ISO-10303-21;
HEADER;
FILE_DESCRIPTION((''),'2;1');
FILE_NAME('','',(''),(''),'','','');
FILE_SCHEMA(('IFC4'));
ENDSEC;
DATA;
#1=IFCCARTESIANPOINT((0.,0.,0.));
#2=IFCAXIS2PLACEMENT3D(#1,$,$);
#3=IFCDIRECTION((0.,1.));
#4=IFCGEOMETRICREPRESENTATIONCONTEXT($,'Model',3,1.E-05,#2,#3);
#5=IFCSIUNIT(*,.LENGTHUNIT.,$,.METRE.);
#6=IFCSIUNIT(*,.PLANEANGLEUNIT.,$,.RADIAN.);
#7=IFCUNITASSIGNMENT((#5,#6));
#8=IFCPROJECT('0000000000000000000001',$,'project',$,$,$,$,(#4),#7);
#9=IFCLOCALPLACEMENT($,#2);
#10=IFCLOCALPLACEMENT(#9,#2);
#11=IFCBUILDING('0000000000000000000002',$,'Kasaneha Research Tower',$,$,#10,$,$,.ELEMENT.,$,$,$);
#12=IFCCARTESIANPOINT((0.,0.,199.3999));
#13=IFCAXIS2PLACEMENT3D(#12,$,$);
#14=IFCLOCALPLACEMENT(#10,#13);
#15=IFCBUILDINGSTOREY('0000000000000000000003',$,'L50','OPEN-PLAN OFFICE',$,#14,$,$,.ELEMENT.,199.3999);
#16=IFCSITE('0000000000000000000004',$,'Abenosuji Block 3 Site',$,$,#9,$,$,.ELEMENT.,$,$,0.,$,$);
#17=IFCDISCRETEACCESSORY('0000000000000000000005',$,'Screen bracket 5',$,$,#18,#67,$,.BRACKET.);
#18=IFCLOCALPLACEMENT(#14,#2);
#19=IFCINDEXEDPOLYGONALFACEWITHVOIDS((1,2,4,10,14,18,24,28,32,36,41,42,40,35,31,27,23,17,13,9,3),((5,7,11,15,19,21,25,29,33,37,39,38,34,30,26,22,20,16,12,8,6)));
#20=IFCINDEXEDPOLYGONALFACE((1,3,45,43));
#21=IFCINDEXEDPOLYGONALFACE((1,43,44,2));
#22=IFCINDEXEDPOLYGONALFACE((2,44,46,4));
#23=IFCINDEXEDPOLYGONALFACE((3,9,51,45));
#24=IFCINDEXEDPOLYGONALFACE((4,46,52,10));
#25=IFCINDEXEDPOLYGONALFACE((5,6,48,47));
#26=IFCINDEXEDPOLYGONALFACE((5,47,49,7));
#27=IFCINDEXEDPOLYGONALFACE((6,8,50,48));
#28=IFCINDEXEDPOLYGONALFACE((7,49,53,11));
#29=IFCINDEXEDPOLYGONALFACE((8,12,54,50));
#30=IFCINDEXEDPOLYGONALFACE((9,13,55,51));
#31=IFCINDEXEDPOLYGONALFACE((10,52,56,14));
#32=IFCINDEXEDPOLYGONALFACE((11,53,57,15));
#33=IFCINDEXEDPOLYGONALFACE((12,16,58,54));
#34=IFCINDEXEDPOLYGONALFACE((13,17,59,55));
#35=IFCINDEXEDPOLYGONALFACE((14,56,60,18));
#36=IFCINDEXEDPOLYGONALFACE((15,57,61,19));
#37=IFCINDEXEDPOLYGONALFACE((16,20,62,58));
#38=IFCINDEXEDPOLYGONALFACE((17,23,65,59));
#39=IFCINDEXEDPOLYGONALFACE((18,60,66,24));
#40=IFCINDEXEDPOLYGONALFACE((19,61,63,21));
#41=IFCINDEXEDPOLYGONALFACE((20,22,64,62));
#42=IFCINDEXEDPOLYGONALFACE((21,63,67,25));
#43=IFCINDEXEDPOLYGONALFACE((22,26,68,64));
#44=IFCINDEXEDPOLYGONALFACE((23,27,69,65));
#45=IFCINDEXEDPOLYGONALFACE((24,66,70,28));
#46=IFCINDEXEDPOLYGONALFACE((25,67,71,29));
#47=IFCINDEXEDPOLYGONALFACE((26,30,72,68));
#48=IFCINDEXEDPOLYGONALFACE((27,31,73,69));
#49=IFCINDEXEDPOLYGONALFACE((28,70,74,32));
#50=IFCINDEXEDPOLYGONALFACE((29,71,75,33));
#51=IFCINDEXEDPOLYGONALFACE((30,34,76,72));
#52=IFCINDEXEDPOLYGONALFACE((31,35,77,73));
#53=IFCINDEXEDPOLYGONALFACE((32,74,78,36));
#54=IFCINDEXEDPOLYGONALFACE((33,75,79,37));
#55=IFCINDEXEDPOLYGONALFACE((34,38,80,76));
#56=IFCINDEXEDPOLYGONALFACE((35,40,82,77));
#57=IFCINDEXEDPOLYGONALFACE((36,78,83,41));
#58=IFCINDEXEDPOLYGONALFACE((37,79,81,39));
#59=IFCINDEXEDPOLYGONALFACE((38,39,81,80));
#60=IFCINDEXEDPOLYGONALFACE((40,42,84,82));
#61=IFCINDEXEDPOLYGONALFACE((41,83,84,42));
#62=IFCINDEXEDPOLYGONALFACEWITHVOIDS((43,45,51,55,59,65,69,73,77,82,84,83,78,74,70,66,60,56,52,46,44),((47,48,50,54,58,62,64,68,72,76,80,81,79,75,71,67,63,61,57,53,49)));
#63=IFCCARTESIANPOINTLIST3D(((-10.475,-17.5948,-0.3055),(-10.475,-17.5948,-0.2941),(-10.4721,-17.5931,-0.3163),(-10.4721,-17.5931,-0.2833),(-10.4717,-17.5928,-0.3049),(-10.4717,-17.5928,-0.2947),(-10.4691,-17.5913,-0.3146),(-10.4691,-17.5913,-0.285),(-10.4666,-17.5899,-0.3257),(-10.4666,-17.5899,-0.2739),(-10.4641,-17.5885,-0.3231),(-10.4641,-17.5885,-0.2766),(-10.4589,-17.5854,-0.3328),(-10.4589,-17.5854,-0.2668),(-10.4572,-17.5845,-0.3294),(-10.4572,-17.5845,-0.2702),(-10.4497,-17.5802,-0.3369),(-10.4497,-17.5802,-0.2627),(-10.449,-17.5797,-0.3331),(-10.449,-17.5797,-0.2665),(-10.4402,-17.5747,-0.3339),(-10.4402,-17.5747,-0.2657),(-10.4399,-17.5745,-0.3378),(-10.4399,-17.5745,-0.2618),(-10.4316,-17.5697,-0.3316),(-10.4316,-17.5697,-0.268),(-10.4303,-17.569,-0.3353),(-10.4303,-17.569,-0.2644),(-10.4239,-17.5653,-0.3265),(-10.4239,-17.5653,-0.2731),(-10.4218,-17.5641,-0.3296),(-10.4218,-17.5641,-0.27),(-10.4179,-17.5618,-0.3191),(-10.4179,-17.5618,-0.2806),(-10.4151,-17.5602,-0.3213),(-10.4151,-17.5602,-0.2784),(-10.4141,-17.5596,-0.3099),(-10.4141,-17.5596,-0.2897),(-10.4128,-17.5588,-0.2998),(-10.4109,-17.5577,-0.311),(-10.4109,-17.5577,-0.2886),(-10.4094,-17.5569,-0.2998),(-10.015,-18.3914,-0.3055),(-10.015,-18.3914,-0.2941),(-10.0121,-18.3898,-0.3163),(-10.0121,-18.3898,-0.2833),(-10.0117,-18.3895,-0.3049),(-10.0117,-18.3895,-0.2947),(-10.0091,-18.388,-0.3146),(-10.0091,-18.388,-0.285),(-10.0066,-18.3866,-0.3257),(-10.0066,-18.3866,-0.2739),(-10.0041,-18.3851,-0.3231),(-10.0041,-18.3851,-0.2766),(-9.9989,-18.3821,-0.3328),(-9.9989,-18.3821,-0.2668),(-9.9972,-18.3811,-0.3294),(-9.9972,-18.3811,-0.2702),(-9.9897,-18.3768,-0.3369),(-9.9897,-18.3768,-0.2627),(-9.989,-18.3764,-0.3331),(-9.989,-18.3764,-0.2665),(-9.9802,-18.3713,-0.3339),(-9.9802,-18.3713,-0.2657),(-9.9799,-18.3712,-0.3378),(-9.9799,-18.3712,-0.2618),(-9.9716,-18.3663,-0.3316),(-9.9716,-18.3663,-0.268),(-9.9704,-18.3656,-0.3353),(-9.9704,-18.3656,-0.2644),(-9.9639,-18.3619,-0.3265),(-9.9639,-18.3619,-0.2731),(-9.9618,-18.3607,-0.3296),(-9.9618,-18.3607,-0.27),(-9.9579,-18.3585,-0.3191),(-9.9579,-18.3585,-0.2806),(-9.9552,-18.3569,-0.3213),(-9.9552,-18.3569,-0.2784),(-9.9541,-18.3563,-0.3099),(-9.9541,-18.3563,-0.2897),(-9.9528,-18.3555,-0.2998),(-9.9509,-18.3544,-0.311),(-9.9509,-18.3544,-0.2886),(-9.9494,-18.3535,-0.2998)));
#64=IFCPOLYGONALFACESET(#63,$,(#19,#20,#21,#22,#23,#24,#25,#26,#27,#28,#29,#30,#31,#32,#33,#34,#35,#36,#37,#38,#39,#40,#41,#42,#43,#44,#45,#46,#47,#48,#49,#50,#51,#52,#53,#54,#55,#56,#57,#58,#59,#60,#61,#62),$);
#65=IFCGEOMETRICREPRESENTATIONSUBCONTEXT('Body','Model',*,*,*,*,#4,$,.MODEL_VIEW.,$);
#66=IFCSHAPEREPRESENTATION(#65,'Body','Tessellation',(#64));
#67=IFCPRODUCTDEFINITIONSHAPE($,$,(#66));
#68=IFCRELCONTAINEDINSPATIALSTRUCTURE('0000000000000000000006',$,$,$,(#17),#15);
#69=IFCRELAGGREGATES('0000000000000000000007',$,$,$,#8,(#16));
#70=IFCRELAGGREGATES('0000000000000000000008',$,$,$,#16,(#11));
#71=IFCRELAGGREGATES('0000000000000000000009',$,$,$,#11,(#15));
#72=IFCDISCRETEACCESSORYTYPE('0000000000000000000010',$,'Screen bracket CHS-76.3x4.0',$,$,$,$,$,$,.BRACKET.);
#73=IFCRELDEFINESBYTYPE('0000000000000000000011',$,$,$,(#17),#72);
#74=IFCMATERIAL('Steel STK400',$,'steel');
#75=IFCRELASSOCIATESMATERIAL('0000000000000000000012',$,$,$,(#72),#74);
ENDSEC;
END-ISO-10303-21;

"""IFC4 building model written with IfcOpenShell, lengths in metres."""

from ifc_helpers import new_model, si_unit, direction, frame, origin, origin_2d, place, context, subcontext, project, spatial, hollow_circle, extrude, material, material_profile, profile_set, type_object, element, save


model = new_model("IFC4")

# Units and contexts
model_context = context("Model", 3, precision=1e-05, world=origin(), true_north=direction((0.0, 1.0)))
body_context = subcontext(model_context, "Body", "Model", "MODEL_VIEW")
ifc_project = project(units=[si_unit("LENGTHUNIT", "METRE"), si_unit("PLANEANGLEUNIT", "RADIAN")], contexts=[model_context])

# Site, building, storey
site_placement = place(None, origin())
site = spatial("IfcSite", under=ifc_project, at=site_placement, Name="Abenosuji Block 3 Site", CompositionType="ELEMENT", RefElevation=0.0)
building_placement = place(site_placement, origin())
building = spatial("IfcBuilding", under=site, at=building_placement, Name="Kasaneha Research Tower", CompositionType="ELEMENT")
storey_placement = place(building_placement, frame((0.0, 0.0, 199.3999)))
storey = spatial("IfcBuildingStorey", under=building, at=storey_placement, Name="L50", Description="OPEN-PLAN OFFICE", CompositionType="ELEMENT", Elevation=199.3999)

# Discrete accessory
ifc_material_1 = material(Name="Steel STK400", Category="steel")
ifc_material_profile_1 = material_profile(ifc_material_1, hollow_circle(Radius=0.0381, WallThickness=0.0039, at=origin_2d()), Name="CHS-76.3x4.0")
ifc_profile_set_1 = profile_set([ifc_material_profile_1], Name="Steel STK400")
discrete_accessory_type = type_object("IfcDiscreteAccessoryType", Name="Screen bracket CHS-76.3x4.0", PredefinedType="BRACKET", material=ifc_profile_set_1)
discrete_accessory_1_placement = place(storey_placement, frame((-10.4424, -17.5759, -0.2998), z_axis=(0.500021, -0.866013, 0.0), x_axis=(0.866013, 0.500021, 0.0)))
element("IfcDiscreteAccessory", 1, at=discrete_accessory_1_placement, inside=storey, type_object=discrete_accessory_type, Name="Screen bracket 5", PredefinedType="BRACKET", context=body_context, shape_type="SweptSolid", body=[
    extrude(hollow_circle(Radius=0.0381, WallThickness=0.0039, at=origin_2d()), origin(), (0.0, 0.0, 1.0), 0.9199),
])

save(model, "model.ifc")
